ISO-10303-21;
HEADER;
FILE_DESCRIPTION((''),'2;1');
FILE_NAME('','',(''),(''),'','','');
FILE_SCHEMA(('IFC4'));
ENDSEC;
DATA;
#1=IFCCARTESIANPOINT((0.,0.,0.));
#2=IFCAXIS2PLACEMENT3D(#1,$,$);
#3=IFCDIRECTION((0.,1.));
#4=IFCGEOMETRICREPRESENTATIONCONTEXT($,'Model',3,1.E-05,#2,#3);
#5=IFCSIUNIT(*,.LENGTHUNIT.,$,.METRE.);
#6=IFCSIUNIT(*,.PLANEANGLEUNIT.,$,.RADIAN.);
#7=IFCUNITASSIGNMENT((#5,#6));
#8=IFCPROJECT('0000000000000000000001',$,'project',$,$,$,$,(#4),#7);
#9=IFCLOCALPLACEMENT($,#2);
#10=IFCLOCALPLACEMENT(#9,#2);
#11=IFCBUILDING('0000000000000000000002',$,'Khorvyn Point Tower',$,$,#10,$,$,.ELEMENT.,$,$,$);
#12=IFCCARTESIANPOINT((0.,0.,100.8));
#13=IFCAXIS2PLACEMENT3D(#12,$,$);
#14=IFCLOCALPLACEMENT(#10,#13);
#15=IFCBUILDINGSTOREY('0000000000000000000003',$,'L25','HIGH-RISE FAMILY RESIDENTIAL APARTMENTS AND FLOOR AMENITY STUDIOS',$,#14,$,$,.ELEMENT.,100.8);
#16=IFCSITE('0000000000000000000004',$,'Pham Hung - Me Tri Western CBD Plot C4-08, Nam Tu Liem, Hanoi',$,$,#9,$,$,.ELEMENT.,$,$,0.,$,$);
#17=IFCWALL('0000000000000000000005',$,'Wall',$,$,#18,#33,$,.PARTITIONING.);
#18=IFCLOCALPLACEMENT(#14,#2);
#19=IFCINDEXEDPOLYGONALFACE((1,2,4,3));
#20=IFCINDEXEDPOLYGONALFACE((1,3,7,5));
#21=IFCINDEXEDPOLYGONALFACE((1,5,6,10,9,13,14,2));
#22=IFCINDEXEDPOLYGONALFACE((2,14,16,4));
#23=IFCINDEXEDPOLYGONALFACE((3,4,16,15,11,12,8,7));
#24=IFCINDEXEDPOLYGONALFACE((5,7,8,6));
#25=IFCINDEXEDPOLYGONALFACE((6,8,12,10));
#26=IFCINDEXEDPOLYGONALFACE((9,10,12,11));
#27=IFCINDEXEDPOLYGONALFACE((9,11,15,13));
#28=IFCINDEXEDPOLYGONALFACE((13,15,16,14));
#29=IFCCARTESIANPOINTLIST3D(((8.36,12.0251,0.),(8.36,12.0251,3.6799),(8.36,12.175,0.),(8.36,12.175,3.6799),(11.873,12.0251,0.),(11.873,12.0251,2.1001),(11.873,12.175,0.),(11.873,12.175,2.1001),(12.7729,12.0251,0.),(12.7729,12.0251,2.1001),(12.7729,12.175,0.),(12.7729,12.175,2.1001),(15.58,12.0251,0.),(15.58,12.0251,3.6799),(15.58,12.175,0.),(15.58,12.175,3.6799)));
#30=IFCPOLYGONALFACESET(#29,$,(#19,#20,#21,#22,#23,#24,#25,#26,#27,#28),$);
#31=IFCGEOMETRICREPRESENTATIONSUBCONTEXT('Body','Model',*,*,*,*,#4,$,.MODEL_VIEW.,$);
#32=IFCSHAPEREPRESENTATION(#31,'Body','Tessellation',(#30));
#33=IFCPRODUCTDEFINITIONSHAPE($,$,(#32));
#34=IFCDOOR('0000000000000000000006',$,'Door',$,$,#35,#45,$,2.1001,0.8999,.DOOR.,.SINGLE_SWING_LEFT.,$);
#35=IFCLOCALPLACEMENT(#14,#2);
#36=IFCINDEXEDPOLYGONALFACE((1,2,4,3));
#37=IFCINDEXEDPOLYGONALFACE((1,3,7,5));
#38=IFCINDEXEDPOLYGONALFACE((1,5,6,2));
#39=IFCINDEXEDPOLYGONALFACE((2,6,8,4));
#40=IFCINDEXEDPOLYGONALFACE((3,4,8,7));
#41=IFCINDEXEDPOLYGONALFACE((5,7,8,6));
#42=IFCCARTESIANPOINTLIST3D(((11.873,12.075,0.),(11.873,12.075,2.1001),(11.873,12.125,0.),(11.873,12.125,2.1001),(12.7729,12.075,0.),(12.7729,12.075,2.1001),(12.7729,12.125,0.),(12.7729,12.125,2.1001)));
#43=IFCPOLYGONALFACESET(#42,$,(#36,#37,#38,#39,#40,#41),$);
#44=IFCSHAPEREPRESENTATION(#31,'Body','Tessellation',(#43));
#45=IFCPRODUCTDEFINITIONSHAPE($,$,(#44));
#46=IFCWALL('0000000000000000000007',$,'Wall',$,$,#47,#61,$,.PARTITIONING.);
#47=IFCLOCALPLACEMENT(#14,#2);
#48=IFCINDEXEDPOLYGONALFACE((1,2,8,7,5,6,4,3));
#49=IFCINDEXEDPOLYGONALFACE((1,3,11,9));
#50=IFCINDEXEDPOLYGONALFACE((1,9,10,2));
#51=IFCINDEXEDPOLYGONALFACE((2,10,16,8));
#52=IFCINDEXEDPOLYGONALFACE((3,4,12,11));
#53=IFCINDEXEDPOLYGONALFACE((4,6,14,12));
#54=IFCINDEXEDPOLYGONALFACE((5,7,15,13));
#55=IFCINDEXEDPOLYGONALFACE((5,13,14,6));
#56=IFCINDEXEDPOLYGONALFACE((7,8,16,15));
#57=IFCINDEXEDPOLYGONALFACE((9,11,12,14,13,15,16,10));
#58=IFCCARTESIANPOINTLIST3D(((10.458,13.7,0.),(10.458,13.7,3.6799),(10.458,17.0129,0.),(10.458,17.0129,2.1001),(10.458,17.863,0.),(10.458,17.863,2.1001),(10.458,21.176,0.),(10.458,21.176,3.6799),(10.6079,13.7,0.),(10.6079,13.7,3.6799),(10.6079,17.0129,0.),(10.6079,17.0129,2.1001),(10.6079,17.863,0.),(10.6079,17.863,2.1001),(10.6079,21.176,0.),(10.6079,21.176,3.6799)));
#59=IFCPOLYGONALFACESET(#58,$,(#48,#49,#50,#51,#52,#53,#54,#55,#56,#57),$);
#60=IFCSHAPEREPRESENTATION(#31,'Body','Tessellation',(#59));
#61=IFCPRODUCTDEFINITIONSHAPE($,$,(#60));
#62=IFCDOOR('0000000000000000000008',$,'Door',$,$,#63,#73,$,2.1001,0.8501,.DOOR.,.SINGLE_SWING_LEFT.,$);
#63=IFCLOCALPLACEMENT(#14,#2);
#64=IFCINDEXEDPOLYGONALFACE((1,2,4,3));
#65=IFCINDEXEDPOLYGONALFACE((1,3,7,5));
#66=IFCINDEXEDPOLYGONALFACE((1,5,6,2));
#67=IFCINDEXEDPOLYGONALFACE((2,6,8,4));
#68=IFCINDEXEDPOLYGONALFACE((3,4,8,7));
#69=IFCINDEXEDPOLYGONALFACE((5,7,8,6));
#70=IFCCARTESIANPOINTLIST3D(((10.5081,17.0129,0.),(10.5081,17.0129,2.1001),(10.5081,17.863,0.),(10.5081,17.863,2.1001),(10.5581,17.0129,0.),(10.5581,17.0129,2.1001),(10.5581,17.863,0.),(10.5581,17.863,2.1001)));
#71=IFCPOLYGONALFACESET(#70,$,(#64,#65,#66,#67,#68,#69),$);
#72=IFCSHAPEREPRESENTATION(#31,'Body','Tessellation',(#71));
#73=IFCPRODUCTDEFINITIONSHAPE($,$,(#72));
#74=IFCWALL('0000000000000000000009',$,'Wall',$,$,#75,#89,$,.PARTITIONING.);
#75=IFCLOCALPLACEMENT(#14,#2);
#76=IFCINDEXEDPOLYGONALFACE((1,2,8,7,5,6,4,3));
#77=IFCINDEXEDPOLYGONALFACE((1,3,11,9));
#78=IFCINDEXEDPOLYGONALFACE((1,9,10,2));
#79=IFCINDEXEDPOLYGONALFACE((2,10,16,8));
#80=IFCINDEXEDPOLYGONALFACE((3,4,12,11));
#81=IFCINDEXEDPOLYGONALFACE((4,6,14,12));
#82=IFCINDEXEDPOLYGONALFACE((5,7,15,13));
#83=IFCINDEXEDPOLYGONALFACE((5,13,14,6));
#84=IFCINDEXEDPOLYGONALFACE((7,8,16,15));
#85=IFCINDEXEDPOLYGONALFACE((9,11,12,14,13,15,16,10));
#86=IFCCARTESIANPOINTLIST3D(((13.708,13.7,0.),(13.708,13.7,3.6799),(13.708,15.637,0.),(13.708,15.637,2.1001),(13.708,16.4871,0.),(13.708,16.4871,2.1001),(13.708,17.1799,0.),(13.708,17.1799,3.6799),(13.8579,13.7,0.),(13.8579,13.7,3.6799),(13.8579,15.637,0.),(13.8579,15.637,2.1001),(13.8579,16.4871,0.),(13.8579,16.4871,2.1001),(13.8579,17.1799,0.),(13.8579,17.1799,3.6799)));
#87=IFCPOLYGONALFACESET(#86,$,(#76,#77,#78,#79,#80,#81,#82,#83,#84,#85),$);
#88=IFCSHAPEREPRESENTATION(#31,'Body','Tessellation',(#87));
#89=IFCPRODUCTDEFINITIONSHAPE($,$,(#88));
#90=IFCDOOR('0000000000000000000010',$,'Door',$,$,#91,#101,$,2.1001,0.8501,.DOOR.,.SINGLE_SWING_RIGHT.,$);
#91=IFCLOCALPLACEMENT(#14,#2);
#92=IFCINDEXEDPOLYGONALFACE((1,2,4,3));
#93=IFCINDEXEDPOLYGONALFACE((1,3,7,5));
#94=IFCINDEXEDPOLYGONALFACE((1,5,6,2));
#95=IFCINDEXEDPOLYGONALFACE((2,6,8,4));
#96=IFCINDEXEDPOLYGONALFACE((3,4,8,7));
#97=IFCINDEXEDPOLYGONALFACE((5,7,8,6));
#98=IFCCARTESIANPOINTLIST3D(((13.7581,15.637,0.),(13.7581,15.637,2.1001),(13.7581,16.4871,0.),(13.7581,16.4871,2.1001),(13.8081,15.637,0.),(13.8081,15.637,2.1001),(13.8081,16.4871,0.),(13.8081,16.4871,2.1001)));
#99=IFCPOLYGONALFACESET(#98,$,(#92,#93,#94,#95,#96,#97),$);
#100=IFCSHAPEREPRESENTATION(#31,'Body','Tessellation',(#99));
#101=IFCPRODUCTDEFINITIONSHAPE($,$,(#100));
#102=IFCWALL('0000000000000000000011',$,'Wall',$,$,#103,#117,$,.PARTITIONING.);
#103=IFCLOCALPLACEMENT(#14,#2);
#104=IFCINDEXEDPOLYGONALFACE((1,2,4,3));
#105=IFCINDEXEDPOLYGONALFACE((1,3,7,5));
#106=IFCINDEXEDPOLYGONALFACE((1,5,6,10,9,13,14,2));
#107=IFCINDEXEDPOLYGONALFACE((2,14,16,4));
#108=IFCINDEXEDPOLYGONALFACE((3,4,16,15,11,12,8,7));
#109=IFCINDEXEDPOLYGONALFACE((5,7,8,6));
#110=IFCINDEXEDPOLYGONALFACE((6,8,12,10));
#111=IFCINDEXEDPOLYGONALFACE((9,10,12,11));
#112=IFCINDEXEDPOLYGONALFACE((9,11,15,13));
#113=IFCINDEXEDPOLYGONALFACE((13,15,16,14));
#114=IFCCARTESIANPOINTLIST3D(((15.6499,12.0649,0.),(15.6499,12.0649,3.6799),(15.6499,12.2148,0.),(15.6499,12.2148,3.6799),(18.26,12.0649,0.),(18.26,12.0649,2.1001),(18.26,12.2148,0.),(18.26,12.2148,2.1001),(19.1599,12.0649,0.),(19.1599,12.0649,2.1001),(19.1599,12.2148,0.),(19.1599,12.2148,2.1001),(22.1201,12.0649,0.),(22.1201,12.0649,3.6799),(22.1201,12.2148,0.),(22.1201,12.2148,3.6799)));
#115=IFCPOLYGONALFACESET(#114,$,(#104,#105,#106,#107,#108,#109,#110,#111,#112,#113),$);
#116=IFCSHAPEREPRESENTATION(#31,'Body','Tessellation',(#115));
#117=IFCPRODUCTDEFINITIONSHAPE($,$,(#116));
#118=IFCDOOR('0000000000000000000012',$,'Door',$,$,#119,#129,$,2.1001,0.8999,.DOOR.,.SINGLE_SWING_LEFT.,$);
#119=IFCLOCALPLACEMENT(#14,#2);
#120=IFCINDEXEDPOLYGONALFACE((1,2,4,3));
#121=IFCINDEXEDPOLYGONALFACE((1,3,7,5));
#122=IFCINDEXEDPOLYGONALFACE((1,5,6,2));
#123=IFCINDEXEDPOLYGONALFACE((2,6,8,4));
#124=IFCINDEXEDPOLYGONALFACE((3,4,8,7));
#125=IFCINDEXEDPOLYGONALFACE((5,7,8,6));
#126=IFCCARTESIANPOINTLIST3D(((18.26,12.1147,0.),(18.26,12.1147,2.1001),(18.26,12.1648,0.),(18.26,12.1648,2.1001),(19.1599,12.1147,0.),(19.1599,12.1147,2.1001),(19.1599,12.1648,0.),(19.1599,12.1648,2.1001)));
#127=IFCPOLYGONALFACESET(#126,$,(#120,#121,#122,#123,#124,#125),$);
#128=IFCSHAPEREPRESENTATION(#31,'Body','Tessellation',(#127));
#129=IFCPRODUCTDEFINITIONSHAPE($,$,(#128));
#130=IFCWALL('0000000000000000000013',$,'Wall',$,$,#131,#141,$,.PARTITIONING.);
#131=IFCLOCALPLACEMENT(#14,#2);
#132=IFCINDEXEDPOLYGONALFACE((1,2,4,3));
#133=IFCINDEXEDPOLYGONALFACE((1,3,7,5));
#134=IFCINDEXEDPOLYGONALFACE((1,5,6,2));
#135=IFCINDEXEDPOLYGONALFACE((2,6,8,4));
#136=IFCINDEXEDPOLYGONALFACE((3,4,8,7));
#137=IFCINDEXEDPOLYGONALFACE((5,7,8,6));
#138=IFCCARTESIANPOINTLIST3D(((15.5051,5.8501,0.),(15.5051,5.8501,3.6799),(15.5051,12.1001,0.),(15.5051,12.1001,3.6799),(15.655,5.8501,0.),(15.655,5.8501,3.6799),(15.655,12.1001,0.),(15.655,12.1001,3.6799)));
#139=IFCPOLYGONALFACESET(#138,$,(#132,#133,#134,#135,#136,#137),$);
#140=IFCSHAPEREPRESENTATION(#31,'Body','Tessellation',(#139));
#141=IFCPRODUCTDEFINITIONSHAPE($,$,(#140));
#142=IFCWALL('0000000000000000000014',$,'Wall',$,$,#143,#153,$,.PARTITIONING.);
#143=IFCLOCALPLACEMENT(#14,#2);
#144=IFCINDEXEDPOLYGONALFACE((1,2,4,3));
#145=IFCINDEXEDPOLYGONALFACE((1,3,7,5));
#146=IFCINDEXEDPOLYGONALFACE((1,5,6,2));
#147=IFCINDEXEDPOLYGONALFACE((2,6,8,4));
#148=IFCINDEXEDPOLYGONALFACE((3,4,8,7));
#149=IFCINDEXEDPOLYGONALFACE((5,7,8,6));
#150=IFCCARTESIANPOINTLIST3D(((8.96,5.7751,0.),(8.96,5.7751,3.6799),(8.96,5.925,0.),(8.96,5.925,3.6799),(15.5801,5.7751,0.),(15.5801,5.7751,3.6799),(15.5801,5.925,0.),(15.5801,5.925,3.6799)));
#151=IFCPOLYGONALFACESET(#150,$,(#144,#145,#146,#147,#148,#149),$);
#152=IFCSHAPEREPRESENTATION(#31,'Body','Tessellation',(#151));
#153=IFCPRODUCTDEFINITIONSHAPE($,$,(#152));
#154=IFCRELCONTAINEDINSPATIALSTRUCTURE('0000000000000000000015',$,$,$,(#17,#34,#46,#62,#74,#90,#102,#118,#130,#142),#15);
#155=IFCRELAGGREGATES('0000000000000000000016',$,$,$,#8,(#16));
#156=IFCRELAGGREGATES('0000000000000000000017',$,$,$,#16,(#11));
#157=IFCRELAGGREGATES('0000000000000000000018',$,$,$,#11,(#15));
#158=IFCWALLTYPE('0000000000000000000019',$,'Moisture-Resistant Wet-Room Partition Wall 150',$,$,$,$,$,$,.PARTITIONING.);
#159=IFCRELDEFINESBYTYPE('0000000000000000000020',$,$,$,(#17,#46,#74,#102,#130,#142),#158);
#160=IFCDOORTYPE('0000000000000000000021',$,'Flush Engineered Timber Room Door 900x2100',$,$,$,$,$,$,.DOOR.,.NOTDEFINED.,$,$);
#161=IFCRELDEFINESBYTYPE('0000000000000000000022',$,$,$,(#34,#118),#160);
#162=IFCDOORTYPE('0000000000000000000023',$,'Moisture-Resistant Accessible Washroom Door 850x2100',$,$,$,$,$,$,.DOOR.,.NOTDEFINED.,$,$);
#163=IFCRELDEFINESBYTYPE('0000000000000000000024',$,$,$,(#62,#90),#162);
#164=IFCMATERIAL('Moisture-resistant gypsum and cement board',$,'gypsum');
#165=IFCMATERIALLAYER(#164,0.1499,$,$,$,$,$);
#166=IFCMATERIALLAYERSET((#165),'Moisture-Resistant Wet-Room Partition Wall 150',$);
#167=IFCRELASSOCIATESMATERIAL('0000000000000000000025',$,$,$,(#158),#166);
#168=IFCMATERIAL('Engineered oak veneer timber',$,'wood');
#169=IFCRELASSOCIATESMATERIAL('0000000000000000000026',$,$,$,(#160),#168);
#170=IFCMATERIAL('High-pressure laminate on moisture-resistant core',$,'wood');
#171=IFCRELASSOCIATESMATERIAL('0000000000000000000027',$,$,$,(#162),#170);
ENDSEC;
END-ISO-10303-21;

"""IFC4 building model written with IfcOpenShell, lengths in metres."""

from ifc_helpers import new_model, si_unit, direction, frame, frame_2d, origin, place, context, subcontext, project, spatial, rectangle, extrude, material, layer, layer_set, type_object, element, fill, save


model = new_model("IFC4")

# Units and contexts
model_context = context("Model", 3, precision=1e-05, world=origin(), true_north=direction((0.0, 1.0)))
body_context = subcontext(model_context, "Body", "Model", "MODEL_VIEW")
ifc_project = project(units=[si_unit("LENGTHUNIT", "METRE"), si_unit("PLANEANGLEUNIT", "RADIAN")], contexts=[model_context])

# Site, building, storey
site_placement = place(None, origin())
site = spatial("IfcSite", under=ifc_project, at=site_placement, Name="Pham Hung - Me Tri Western CBD Plot C4-08, Nam Tu Liem, Hanoi", CompositionType="ELEMENT", RefElevation=0.0)
building_placement = place(site_placement, origin())
building = spatial("IfcBuilding", under=site, at=building_placement, Name="Khorvyn Point Tower", CompositionType="ELEMENT")
storey_placement = place(building_placement, frame((0.0, 0.0, 100.8)))
storey = spatial("IfcBuildingStorey", under=building, at=storey_placement, Name="L25", Description="HIGH-RISE FAMILY RESIDENTIAL APARTMENTS AND FLOOR AMENITY STUDIOS", CompositionType="ELEMENT", Elevation=100.8)

# Walls, openings, doors
ifc_material_1 = material(Name="Moisture-resistant gypsum and cement board", Category="gypsum")
ifc_layer_1 = layer(ifc_material_1, 0.1499)
ifc_layer_set_1 = layer_set([ifc_layer_1], Name="Moisture-Resistant Wet-Room Partition Wall 150")
wall_type_1 = type_object("IfcWallType", Name="Moisture-Resistant Wet-Room Partition Wall 150", PredefinedType="PARTITIONING", material=ifc_layer_set_1)
wall_1_placement = place(storey_placement, frame((8.3601, 12.1001, 0.0), z_axis=(0.0, 0.0, 1.0), x_axis=(1.0, 0.0, 0.0)))
wall_1 = element("IfcWall", 1, at=wall_1_placement, inside=storey, type_object=wall_type_1, Name="Wall", PredefinedType="PARTITIONING", context=body_context, shape_type="SweptSolid", body=[
    extrude(rectangle(XDim=7.22, YDim=0.1499, at=frame_2d((3.6099, 0.0))), origin(), (0.0, 0.0, 1.0), 3.6799),
])
opening_1_placement = place(wall_1_placement, frame((3.5129, 0.0, 0.0)))
opening_1 = element("IfcOpeningElement", 2, at=opening_1_placement, cuts=wall_1, PredefinedType="OPENING", context=body_context, shape_type="SweptSolid", body=[
    extrude(rectangle(XDim=0.8999, YDim=2.1001, at=frame_2d((0.45, 1.05))), frame((0.0, 0.085, 0.0), z_axis=(0.0, -1.0, 0.0), x_axis=(1.0, 0.0, 0.0)), (0.0, 0.0, 1.0), 0.1699),
])
ifc_material_2 = material(Name="Engineered oak veneer timber", Category="wood")
door_type_1 = type_object("IfcDoorType", Name="Flush Engineered Timber Room Door 900x2100", OperationType="NOTDEFINED", PredefinedType="DOOR", material=ifc_material_2)
door_1_placement = place(opening_1_placement, origin())
door_1 = element("IfcDoor", 3, at=door_1_placement, inside=storey, type_object=door_type_1, Name="Door", OperationType="SINGLE_SWING_LEFT", OverallHeight=2.1001, OverallWidth=0.8999, PredefinedType="DOOR", context=body_context, shape_type="SweptSolid", body=[
    extrude(rectangle(XDim=0.8999, YDim=2.1001, at=frame_2d((0.45, 1.05))), frame((0.0, 0.0249, 0.0), z_axis=(0.0, -1.0, 0.0), x_axis=(1.0, 0.0, 0.0)), (0.0, 0.0, 1.0), 0.05),
])
fill(opening_1, door_1)
wall_2_placement = place(storey_placement, frame((10.533, 13.7, 0.0), z_axis=(0.0, 0.0, 1.0), x_axis=(0.0, 1.0, 0.0)))
wall_2 = element("IfcWall", 4, at=wall_2_placement, inside=storey, type_object=wall_type_1, Name="Wall", PredefinedType="PARTITIONING", context=body_context, shape_type="SweptSolid", body=[
    extrude(rectangle(XDim=7.4761, YDim=0.1499, at=frame_2d((3.738, 0.0))), origin(), (0.0, 0.0, 1.0), 3.6799),
])
opening_2_placement = place(wall_2_placement, frame((3.313, 0.0, 0.0)))
opening_2 = element("IfcOpeningElement", 5, at=opening_2_placement, cuts=wall_2, PredefinedType="OPENING", context=body_context, shape_type="SweptSolid", body=[
    extrude(rectangle(XDim=0.8501, YDim=2.1001, at=frame_2d((0.425, 1.05))), frame((0.0, 0.085, 0.0), z_axis=(0.0, -1.0, 0.0), x_axis=(1.0, 0.0, 0.0)), (0.0, 0.0, 1.0), 0.1699),
])
ifc_material_3 = material(Name="High-pressure laminate on moisture-resistant core", Category="wood")
door_type_2 = type_object("IfcDoorType", Name="Moisture-Resistant Accessible Washroom Door 850x2100", OperationType="NOTDEFINED", PredefinedType="DOOR", material=ifc_material_3)
door_2_placement = place(opening_2_placement, origin())
door_2 = element("IfcDoor", 6, at=door_2_placement, inside=storey, type_object=door_type_2, Name="Door", OperationType="SINGLE_SWING_LEFT", OverallHeight=2.1001, OverallWidth=0.8501, PredefinedType="DOOR", context=body_context, shape_type="SweptSolid", body=[
    extrude(rectangle(XDim=0.8501, YDim=2.1001, at=frame_2d((0.425, 1.05))), frame((0.0, 0.0249, 0.0), z_axis=(0.0, -1.0, 0.0), x_axis=(1.0, 0.0, 0.0)), (0.0, 0.0, 1.0), 0.05),
])
fill(opening_2, door_2)
wall_3_placement = place(storey_placement, frame((13.783, 13.7, 0.0), z_axis=(0.0, 0.0, 1.0), x_axis=(0.0, 1.0, 0.0)))
wall_3 = element("IfcWall", 7, at=wall_3_placement, inside=storey, type_object=wall_type_1, Name="Wall", PredefinedType="PARTITIONING", context=body_context, shape_type="SweptSolid", body=[
    extrude(rectangle(XDim=3.48, YDim=0.1499, at=frame_2d((1.74, 0.0))), origin(), (0.0, 0.0, 1.0), 3.6799),
])
opening_3_placement = place(wall_3_placement, frame((1.937, 0.0, 0.0)))
opening_3 = element("IfcOpeningElement", 8, at=opening_3_placement, cuts=wall_3, PredefinedType="OPENING", context=body_context, shape_type="SweptSolid", body=[
    extrude(rectangle(XDim=0.8501, YDim=2.1001, at=frame_2d((0.425, 1.05))), frame((0.0, 0.085, 0.0), z_axis=(0.0, -1.0, 0.0), x_axis=(1.0, 0.0, 0.0)), (0.0, 0.0, 1.0), 0.1699),
])
door_3_placement = place(opening_3_placement, origin())
door_3 = element("IfcDoor", 9, at=door_3_placement, inside=storey, type_object=door_type_2, Name="Door", OperationType="SINGLE_SWING_RIGHT", OverallHeight=2.1001, OverallWidth=0.8501, PredefinedType="DOOR", context=body_context, shape_type="SweptSolid", body=[
    extrude(rectangle(XDim=0.8501, YDim=2.1001, at=frame_2d((0.425, 1.05))), frame((0.0, 0.0249, 0.0), z_axis=(0.0, -1.0, 0.0), x_axis=(1.0, 0.0, 0.0)), (0.0, 0.0, 1.0), 0.05),
])
fill(opening_3, door_3)
wall_4_placement = place(storey_placement, frame((15.6499, 12.1399, 0.0), z_axis=(0.0, 0.0, 1.0), x_axis=(1.0, 0.0, 0.0)))
wall_4 = element("IfcWall", 10, at=wall_4_placement, inside=storey, type_object=wall_type_1, Name="Wall", PredefinedType="PARTITIONING", context=body_context, shape_type="SweptSolid", body=[
    extrude(rectangle(XDim=6.4702, YDim=0.1499, at=frame_2d((3.2351, 0.0))), origin(), (0.0, 0.0, 1.0), 3.6799),
])
opening_4_placement = place(wall_4_placement, frame((2.6101, 0.0, 0.0)))
opening_4 = element("IfcOpeningElement", 11, at=opening_4_placement, cuts=wall_4, PredefinedType="OPENING", context=body_context, shape_type="SweptSolid", body=[
    extrude(rectangle(XDim=0.8999, YDim=2.1001, at=frame_2d((0.45, 1.05))), frame((0.0, 0.085, 0.0), z_axis=(0.0, -1.0, 0.0), x_axis=(1.0, 0.0, 0.0)), (0.0, 0.0, 1.0), 0.1699),
])
door_4_placement = place(opening_4_placement, origin())
door_4 = element("IfcDoor", 12, at=door_4_placement, inside=storey, type_object=door_type_1, Name="Door", OperationType="SINGLE_SWING_LEFT", OverallHeight=2.1001, OverallWidth=0.8999, PredefinedType="DOOR", context=body_context, shape_type="SweptSolid", body=[
    extrude(rectangle(XDim=0.8999, YDim=2.1001, at=frame_2d((0.45, 1.05))), frame((0.0, 0.0249, 0.0), z_axis=(0.0, -1.0, 0.0), x_axis=(1.0, 0.0, 0.0)), (0.0, 0.0, 1.0), 0.05),
])
fill(opening_4, door_4)

# Walls
wall_5_placement = place(storey_placement, frame((15.5801, 5.8501, 0.0), z_axis=(0.0, 0.0, 1.0), x_axis=(0.0, 1.0, 0.0)))
element("IfcWall", 13, at=wall_5_placement, inside=storey, type_object=wall_type_1, Name="Wall", PredefinedType="PARTITIONING", context=body_context, shape_type="SweptSolid", body=[
    extrude(rectangle(XDim=6.25, YDim=0.1499, at=frame_2d((3.125, 0.0))), origin(), (0.0, 0.0, 1.0), 3.6799),
])
wall_6_placement = place(storey_placement, frame((8.96, 5.8501, 0.0), z_axis=(0.0, 0.0, 1.0), x_axis=(1.0, 0.0, 0.0)))
element("IfcWall", 14, at=wall_6_placement, inside=storey, type_object=wall_type_1, Name="Wall", PredefinedType="PARTITIONING", context=body_context, shape_type="SweptSolid", body=[
    extrude(rectangle(XDim=6.6201, YDim=0.1499, at=frame_2d((3.3101, 0.0))), origin(), (0.0, 0.0, 1.0), 3.6799),
])

save(model, "model.ifc")
